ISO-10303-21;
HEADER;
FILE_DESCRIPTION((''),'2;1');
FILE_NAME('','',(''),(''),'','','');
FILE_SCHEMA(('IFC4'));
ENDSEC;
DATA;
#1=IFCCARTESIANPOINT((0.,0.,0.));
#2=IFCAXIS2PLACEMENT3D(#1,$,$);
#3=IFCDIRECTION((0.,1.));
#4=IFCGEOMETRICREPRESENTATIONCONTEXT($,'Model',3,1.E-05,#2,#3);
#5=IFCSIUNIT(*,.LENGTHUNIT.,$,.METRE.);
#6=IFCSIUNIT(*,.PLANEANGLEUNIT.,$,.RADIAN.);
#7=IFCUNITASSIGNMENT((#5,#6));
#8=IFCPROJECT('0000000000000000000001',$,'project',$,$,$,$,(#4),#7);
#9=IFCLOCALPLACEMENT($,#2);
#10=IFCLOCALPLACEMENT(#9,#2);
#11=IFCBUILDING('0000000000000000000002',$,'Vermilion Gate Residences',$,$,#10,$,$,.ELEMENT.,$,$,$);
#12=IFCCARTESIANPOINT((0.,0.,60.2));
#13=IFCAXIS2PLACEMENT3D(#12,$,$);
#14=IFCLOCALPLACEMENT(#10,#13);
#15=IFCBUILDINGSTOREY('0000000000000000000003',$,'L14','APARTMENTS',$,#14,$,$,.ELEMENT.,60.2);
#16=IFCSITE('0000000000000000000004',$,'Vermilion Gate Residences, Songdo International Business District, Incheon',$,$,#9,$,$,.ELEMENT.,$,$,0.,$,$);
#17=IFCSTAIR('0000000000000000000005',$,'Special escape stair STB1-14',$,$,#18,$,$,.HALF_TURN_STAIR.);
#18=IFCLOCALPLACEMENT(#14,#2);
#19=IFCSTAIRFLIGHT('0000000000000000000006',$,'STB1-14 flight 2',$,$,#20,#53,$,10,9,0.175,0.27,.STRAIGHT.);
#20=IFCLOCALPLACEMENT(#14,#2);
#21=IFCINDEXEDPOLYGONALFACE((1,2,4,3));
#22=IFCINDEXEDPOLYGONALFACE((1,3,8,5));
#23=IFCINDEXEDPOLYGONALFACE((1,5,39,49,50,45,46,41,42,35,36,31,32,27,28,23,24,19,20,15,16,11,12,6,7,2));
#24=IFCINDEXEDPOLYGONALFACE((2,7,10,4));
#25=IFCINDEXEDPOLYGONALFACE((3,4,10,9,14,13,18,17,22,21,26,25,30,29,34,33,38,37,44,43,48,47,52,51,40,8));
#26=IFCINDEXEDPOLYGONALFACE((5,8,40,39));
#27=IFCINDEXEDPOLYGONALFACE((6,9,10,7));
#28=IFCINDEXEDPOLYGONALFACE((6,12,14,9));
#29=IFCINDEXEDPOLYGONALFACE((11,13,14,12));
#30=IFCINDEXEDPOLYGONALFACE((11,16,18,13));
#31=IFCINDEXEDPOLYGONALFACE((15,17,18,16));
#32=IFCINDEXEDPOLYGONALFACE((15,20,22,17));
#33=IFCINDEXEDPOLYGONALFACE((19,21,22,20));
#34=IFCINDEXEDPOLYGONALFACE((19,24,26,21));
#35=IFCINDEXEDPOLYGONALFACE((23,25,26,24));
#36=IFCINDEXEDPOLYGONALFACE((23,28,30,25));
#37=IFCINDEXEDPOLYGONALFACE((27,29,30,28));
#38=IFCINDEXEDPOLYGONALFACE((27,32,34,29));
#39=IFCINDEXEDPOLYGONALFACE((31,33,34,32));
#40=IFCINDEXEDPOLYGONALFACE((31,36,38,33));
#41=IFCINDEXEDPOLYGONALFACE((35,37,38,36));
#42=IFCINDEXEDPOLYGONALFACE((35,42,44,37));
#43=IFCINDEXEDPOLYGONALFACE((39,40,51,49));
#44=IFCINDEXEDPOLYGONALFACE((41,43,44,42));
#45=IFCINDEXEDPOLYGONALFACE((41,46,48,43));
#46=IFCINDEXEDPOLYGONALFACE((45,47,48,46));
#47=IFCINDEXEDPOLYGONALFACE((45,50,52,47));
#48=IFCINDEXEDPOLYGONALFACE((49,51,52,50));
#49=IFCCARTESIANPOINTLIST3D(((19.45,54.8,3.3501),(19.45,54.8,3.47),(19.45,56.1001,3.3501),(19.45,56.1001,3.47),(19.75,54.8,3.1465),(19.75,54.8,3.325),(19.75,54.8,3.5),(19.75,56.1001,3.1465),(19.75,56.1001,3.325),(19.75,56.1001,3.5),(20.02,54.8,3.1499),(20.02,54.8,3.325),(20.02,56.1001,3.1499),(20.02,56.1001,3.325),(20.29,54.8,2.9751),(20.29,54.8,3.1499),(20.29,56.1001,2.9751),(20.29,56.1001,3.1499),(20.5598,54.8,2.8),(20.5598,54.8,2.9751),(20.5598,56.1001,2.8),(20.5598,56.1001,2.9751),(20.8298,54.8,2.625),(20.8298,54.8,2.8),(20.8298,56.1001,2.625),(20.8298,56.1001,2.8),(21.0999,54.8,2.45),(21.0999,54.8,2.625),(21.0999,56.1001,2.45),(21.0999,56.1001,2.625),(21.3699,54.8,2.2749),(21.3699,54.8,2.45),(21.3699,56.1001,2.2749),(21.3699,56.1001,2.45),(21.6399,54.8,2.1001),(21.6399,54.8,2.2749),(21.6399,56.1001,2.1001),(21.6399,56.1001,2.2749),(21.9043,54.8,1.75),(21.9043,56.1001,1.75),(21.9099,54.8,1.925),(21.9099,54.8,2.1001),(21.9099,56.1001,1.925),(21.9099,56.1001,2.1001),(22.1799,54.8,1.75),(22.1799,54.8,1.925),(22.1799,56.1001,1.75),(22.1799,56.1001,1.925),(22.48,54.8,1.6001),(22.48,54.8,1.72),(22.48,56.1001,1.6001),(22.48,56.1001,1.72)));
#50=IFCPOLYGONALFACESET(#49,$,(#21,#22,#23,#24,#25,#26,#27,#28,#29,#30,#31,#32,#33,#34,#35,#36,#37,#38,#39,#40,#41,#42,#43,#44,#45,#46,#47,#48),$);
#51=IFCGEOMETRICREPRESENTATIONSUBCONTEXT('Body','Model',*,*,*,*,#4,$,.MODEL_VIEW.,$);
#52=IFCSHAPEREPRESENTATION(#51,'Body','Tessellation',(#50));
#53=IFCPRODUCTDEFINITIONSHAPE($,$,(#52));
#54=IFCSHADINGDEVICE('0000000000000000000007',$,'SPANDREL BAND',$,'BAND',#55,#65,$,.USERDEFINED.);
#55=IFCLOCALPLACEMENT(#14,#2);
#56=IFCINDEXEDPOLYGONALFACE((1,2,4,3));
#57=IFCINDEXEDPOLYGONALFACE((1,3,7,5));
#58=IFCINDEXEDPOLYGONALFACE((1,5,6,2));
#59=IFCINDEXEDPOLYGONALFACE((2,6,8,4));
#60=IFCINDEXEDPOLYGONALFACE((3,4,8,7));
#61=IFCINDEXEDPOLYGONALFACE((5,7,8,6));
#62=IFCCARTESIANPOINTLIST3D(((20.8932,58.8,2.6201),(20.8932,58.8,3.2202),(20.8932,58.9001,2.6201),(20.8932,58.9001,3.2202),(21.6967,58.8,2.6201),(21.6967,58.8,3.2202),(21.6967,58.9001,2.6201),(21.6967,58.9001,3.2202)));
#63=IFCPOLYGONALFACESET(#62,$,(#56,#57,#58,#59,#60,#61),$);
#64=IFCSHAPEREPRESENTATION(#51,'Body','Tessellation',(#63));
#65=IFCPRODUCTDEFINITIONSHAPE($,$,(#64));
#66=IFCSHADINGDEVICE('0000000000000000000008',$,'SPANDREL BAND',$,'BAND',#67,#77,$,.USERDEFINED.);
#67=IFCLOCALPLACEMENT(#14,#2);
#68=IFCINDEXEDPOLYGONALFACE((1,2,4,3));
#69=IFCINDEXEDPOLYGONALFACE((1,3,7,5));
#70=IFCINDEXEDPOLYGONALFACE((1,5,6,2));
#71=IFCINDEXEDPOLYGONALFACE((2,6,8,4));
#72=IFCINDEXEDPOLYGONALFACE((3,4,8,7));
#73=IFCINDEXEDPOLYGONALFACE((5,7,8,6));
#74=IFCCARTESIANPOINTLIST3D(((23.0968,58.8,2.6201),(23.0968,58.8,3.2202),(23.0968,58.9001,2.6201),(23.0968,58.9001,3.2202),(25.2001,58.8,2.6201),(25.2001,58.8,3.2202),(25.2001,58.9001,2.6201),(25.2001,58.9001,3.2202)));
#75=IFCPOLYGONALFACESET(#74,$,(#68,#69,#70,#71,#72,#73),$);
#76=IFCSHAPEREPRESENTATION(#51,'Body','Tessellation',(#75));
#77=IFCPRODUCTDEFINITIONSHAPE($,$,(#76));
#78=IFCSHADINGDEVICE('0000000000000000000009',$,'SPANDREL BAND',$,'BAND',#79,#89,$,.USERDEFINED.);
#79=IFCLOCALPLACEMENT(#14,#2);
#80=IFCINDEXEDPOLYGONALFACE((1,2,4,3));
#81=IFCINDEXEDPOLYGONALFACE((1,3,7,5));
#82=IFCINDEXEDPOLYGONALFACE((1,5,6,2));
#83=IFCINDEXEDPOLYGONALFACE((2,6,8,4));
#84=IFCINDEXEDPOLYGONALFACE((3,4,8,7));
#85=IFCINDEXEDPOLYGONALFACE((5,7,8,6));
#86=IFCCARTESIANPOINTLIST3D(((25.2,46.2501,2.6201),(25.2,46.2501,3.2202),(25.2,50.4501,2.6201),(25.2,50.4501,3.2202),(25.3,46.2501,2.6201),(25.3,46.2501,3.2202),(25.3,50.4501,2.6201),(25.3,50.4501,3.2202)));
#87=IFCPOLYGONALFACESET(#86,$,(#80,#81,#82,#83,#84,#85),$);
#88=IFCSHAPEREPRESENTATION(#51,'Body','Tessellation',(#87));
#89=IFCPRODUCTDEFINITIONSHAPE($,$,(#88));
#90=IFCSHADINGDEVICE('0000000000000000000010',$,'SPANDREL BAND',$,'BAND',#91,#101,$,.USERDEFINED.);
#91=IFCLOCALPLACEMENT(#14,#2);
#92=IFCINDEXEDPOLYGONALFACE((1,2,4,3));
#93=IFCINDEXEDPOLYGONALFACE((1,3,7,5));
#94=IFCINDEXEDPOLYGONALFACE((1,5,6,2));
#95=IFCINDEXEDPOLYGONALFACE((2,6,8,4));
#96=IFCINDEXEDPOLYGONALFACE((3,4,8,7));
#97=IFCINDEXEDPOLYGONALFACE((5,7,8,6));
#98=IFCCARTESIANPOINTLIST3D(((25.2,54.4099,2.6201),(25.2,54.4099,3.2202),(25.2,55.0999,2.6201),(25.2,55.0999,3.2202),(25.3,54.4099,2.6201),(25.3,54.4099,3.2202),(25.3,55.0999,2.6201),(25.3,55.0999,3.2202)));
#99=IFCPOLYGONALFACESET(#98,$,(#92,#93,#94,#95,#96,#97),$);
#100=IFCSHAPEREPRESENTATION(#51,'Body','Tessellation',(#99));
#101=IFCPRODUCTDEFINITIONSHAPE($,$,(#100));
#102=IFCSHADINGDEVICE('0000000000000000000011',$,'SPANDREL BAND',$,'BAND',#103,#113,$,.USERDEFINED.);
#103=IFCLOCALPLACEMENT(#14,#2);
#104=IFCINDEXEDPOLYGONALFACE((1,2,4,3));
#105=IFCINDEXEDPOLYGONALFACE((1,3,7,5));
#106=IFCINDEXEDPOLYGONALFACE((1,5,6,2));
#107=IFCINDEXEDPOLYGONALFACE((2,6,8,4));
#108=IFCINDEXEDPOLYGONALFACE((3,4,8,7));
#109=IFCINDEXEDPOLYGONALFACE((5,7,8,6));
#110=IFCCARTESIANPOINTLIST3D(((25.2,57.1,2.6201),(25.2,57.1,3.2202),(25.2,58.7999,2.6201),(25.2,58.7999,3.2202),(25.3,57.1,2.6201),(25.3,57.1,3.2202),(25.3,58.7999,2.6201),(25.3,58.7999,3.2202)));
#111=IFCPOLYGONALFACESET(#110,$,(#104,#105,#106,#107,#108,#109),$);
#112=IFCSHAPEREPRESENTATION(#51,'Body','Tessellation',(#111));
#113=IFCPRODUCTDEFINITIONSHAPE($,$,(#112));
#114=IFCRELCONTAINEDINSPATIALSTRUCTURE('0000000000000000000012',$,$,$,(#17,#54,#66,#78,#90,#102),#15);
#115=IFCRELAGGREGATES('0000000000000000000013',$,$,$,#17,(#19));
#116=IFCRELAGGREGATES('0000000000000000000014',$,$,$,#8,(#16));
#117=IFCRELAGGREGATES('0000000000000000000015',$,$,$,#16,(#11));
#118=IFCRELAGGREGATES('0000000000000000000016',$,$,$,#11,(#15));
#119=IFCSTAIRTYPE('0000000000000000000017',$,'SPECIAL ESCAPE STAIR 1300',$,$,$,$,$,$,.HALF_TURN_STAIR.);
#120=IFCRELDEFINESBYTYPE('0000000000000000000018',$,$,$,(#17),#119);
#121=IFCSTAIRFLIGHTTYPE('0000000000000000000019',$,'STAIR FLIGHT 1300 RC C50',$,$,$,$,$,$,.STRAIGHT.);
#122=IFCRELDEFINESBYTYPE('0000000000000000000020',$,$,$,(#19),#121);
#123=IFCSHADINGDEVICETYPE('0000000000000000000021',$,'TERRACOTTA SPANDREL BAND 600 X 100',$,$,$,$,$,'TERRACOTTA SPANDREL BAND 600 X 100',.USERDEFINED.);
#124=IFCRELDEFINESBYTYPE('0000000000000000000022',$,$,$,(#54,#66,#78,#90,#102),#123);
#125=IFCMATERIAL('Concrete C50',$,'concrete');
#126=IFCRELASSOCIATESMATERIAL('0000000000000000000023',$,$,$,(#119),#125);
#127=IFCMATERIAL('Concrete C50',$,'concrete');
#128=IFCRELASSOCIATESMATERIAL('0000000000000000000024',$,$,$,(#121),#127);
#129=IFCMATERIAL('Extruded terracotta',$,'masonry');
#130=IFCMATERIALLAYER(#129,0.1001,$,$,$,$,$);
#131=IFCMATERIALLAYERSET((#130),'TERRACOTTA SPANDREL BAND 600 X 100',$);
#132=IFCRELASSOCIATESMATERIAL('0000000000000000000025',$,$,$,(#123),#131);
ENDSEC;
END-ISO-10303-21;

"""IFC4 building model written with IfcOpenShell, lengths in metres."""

from ifc_helpers import new_model, si_unit, direction, frame, origin, origin_2d, place, context, subcontext, project, spatial, polyline, rectangle, outline, extrude, material, layer, layer_set, type_object, element, aggregate, save


model = new_model("IFC4")

# Units and contexts
model_context = context("Model", 3, precision=1e-05, world=origin(), true_north=direction((0.0, 1.0)))
body_context = subcontext(model_context, "Body", "Model", "MODEL_VIEW")
ifc_project = project(units=[si_unit("LENGTHUNIT", "METRE"), si_unit("PLANEANGLEUNIT", "RADIAN")], contexts=[model_context])

# Site, building, storey
site_placement = place(None, origin())
site = spatial("IfcSite", under=ifc_project, at=site_placement, Name="Vermilion Gate Residences, Songdo International Business District, Incheon", CompositionType="ELEMENT", RefElevation=0.0)
building_placement = place(site_placement, origin())
building = spatial("IfcBuilding", under=site, at=building_placement, Name="Vermilion Gate Residences", CompositionType="ELEMENT")
storey_placement = place(building_placement, frame((0.0, 0.0, 60.2)))
storey = spatial("IfcBuildingStorey", under=building, at=storey_placement, Name="L14", Description="APARTMENTS", CompositionType="ELEMENT", Elevation=60.2)

# Stair, stair flight
ifc_material_1 = material(Name="Concrete C50", Category="concrete")
stair_type = type_object("IfcStairType", Name="SPECIAL ESCAPE STAIR 1300", PredefinedType="HALF_TURN_STAIR", material=ifc_material_1)
stair_placement = place(storey_placement, origin())
stair = element("IfcStair", 1, at=stair_placement, inside=storey, type_object=stair_type, Name="Special escape stair STB1-14", PredefinedType="HALF_TURN_STAIR")
ifc_material_2 = material(Name="Concrete C50", Category="concrete")
stair_flight_type = type_object("IfcStairFlightType", Name="STAIR FLIGHT 1300 RC C50", PredefinedType="STRAIGHT", material=ifc_material_2)
stair_flight_1_placement = place(storey_placement, frame((22.1799, 55.45, 1.75), z_axis=(0.0, 0.0, 1.0), x_axis=(-1.0, 0.0, 0.0)))
stair_flight_1 = element("IfcStairFlight", 2, at=stair_flight_1_placement, type_object=stair_flight_type, Name="STB1-14 flight 2", NumberOfRisers=10, NumberOfTreads=9, PredefinedType="STRAIGHT", RiserHeight=0.175, TreadLength=0.27, context=body_context, shape_type="SweptSolid", body=[
    extrude(outline(polyline([(-0.3, -0.1499), (-0.3, -0.03), (0.0, 0.0), (0.0, 0.175), (0.27, 0.175), (0.27, 0.3501), (0.54, 0.3501), (0.54, 0.5249), (0.8101, 0.5249), (0.8101, 0.7), (1.0801, 0.7), (1.0801, 0.875), (1.3501, 0.875), (1.3501, 1.05), (1.6201, 1.05), (1.6201, 1.2251), (1.8899, 1.2251), (1.8899, 1.3999), (2.1599, 1.3999), (2.1599, 1.575), (2.4299, 1.575), (2.4299, 1.75), (2.73, 1.72), (2.73, 1.6001), (2.4299, 1.3965), (0.2756, 0.0), (-0.3, -0.1499)])), frame((0.0, 0.6499, 0.0), z_axis=(0.0, -1.0, 0.0), x_axis=(1.0, 0.0, 0.0)), (0.0, 0.0, 1.0), 1.3),
])
aggregate(stair, [stair_flight_1])

# Shading devices
ifc_material_3 = material(Name="Extruded terracotta", Category="masonry")
ifc_layer_1 = layer(ifc_material_3, 0.1001)
ifc_layer_set_1 = layer_set([ifc_layer_1], Name="TERRACOTTA SPANDREL BAND 600 X 100")
shading_device_type = type_object("IfcShadingDeviceType", Name="TERRACOTTA SPANDREL BAND 600 X 100", ElementType="TERRACOTTA SPANDREL BAND 600 X 100", PredefinedType="USERDEFINED", material=ifc_layer_set_1)
shading_device_1_placement = place(storey_placement, frame((21.2949, 58.8501, 2.6201), z_axis=(0.0, 0.0, 1.0), x_axis=(1.0, 0.0, 0.0)))
element("IfcShadingDevice", 3, at=shading_device_1_placement, inside=storey, type_object=shading_device_type, Name="SPANDREL BAND", ObjectType="BAND", PredefinedType="USERDEFINED", context=body_context, shape_type="SweptSolid", body=[
    extrude(rectangle(XDim=0.8035, YDim=0.1001, at=origin_2d()), origin(), (0.0, 0.0, 1.0), 0.6001),
])
shading_device_2_placement = place(storey_placement, frame((24.1484, 58.8501, 2.6201), z_axis=(0.0, 0.0, 1.0), x_axis=(1.0, 0.0, 0.0)))
element("IfcShadingDevice", 4, at=shading_device_2_placement, inside=storey, type_object=shading_device_type, Name="SPANDREL BAND", ObjectType="BAND", PredefinedType="USERDEFINED", context=body_context, shape_type="SweptSolid", body=[
    extrude(rectangle(XDim=2.1033, YDim=0.1001, at=origin_2d()), origin(), (0.0, 0.0, 1.0), 0.6001),
])
shading_device_3_placement = place(storey_placement, frame((25.25, 48.3501, 2.6201), z_axis=(0.0, 0.0, 1.0), x_axis=(0.0, 1.0, 0.0)))
element("IfcShadingDevice", 5, at=shading_device_3_placement, inside=storey, type_object=shading_device_type, Name="SPANDREL BAND", ObjectType="BAND", PredefinedType="USERDEFINED", context=body_context, shape_type="SweptSolid", body=[
    extrude(rectangle(XDim=4.2, YDim=0.1001, at=origin_2d()), origin(), (0.0, 0.0, 1.0), 0.6001),
])
shading_device_4_placement = place(storey_placement, frame((25.25, 54.7549, 2.6201), z_axis=(0.0, 0.0, 1.0), x_axis=(0.0, 1.0, 0.0)))
element("IfcShadingDevice", 6, at=shading_device_4_placement, inside=storey, type_object=shading_device_type, Name="SPANDREL BAND", ObjectType="BAND", PredefinedType="USERDEFINED", context=body_context, shape_type="SweptSolid", body=[
    extrude(rectangle(XDim=0.6899, YDim=0.1001, at=origin_2d()), origin(), (0.0, 0.0, 1.0), 0.6001),
])
shading_device_5_placement = place(storey_placement, frame((25.25, 57.95, 2.6201), z_axis=(0.0, 0.0, 1.0), x_axis=(0.0, 1.0, 0.0)))
element("IfcShadingDevice", 7, at=shading_device_5_placement, inside=storey, type_object=shading_device_type, Name="SPANDREL BAND", ObjectType="BAND", PredefinedType="USERDEFINED", context=body_context, shape_type="SweptSolid", body=[
    extrude(rectangle(XDim=1.7, YDim=0.1001, at=origin_2d()), origin(), (0.0, 0.0, 1.0), 0.6001),
])

save(model, "model.ifc")
